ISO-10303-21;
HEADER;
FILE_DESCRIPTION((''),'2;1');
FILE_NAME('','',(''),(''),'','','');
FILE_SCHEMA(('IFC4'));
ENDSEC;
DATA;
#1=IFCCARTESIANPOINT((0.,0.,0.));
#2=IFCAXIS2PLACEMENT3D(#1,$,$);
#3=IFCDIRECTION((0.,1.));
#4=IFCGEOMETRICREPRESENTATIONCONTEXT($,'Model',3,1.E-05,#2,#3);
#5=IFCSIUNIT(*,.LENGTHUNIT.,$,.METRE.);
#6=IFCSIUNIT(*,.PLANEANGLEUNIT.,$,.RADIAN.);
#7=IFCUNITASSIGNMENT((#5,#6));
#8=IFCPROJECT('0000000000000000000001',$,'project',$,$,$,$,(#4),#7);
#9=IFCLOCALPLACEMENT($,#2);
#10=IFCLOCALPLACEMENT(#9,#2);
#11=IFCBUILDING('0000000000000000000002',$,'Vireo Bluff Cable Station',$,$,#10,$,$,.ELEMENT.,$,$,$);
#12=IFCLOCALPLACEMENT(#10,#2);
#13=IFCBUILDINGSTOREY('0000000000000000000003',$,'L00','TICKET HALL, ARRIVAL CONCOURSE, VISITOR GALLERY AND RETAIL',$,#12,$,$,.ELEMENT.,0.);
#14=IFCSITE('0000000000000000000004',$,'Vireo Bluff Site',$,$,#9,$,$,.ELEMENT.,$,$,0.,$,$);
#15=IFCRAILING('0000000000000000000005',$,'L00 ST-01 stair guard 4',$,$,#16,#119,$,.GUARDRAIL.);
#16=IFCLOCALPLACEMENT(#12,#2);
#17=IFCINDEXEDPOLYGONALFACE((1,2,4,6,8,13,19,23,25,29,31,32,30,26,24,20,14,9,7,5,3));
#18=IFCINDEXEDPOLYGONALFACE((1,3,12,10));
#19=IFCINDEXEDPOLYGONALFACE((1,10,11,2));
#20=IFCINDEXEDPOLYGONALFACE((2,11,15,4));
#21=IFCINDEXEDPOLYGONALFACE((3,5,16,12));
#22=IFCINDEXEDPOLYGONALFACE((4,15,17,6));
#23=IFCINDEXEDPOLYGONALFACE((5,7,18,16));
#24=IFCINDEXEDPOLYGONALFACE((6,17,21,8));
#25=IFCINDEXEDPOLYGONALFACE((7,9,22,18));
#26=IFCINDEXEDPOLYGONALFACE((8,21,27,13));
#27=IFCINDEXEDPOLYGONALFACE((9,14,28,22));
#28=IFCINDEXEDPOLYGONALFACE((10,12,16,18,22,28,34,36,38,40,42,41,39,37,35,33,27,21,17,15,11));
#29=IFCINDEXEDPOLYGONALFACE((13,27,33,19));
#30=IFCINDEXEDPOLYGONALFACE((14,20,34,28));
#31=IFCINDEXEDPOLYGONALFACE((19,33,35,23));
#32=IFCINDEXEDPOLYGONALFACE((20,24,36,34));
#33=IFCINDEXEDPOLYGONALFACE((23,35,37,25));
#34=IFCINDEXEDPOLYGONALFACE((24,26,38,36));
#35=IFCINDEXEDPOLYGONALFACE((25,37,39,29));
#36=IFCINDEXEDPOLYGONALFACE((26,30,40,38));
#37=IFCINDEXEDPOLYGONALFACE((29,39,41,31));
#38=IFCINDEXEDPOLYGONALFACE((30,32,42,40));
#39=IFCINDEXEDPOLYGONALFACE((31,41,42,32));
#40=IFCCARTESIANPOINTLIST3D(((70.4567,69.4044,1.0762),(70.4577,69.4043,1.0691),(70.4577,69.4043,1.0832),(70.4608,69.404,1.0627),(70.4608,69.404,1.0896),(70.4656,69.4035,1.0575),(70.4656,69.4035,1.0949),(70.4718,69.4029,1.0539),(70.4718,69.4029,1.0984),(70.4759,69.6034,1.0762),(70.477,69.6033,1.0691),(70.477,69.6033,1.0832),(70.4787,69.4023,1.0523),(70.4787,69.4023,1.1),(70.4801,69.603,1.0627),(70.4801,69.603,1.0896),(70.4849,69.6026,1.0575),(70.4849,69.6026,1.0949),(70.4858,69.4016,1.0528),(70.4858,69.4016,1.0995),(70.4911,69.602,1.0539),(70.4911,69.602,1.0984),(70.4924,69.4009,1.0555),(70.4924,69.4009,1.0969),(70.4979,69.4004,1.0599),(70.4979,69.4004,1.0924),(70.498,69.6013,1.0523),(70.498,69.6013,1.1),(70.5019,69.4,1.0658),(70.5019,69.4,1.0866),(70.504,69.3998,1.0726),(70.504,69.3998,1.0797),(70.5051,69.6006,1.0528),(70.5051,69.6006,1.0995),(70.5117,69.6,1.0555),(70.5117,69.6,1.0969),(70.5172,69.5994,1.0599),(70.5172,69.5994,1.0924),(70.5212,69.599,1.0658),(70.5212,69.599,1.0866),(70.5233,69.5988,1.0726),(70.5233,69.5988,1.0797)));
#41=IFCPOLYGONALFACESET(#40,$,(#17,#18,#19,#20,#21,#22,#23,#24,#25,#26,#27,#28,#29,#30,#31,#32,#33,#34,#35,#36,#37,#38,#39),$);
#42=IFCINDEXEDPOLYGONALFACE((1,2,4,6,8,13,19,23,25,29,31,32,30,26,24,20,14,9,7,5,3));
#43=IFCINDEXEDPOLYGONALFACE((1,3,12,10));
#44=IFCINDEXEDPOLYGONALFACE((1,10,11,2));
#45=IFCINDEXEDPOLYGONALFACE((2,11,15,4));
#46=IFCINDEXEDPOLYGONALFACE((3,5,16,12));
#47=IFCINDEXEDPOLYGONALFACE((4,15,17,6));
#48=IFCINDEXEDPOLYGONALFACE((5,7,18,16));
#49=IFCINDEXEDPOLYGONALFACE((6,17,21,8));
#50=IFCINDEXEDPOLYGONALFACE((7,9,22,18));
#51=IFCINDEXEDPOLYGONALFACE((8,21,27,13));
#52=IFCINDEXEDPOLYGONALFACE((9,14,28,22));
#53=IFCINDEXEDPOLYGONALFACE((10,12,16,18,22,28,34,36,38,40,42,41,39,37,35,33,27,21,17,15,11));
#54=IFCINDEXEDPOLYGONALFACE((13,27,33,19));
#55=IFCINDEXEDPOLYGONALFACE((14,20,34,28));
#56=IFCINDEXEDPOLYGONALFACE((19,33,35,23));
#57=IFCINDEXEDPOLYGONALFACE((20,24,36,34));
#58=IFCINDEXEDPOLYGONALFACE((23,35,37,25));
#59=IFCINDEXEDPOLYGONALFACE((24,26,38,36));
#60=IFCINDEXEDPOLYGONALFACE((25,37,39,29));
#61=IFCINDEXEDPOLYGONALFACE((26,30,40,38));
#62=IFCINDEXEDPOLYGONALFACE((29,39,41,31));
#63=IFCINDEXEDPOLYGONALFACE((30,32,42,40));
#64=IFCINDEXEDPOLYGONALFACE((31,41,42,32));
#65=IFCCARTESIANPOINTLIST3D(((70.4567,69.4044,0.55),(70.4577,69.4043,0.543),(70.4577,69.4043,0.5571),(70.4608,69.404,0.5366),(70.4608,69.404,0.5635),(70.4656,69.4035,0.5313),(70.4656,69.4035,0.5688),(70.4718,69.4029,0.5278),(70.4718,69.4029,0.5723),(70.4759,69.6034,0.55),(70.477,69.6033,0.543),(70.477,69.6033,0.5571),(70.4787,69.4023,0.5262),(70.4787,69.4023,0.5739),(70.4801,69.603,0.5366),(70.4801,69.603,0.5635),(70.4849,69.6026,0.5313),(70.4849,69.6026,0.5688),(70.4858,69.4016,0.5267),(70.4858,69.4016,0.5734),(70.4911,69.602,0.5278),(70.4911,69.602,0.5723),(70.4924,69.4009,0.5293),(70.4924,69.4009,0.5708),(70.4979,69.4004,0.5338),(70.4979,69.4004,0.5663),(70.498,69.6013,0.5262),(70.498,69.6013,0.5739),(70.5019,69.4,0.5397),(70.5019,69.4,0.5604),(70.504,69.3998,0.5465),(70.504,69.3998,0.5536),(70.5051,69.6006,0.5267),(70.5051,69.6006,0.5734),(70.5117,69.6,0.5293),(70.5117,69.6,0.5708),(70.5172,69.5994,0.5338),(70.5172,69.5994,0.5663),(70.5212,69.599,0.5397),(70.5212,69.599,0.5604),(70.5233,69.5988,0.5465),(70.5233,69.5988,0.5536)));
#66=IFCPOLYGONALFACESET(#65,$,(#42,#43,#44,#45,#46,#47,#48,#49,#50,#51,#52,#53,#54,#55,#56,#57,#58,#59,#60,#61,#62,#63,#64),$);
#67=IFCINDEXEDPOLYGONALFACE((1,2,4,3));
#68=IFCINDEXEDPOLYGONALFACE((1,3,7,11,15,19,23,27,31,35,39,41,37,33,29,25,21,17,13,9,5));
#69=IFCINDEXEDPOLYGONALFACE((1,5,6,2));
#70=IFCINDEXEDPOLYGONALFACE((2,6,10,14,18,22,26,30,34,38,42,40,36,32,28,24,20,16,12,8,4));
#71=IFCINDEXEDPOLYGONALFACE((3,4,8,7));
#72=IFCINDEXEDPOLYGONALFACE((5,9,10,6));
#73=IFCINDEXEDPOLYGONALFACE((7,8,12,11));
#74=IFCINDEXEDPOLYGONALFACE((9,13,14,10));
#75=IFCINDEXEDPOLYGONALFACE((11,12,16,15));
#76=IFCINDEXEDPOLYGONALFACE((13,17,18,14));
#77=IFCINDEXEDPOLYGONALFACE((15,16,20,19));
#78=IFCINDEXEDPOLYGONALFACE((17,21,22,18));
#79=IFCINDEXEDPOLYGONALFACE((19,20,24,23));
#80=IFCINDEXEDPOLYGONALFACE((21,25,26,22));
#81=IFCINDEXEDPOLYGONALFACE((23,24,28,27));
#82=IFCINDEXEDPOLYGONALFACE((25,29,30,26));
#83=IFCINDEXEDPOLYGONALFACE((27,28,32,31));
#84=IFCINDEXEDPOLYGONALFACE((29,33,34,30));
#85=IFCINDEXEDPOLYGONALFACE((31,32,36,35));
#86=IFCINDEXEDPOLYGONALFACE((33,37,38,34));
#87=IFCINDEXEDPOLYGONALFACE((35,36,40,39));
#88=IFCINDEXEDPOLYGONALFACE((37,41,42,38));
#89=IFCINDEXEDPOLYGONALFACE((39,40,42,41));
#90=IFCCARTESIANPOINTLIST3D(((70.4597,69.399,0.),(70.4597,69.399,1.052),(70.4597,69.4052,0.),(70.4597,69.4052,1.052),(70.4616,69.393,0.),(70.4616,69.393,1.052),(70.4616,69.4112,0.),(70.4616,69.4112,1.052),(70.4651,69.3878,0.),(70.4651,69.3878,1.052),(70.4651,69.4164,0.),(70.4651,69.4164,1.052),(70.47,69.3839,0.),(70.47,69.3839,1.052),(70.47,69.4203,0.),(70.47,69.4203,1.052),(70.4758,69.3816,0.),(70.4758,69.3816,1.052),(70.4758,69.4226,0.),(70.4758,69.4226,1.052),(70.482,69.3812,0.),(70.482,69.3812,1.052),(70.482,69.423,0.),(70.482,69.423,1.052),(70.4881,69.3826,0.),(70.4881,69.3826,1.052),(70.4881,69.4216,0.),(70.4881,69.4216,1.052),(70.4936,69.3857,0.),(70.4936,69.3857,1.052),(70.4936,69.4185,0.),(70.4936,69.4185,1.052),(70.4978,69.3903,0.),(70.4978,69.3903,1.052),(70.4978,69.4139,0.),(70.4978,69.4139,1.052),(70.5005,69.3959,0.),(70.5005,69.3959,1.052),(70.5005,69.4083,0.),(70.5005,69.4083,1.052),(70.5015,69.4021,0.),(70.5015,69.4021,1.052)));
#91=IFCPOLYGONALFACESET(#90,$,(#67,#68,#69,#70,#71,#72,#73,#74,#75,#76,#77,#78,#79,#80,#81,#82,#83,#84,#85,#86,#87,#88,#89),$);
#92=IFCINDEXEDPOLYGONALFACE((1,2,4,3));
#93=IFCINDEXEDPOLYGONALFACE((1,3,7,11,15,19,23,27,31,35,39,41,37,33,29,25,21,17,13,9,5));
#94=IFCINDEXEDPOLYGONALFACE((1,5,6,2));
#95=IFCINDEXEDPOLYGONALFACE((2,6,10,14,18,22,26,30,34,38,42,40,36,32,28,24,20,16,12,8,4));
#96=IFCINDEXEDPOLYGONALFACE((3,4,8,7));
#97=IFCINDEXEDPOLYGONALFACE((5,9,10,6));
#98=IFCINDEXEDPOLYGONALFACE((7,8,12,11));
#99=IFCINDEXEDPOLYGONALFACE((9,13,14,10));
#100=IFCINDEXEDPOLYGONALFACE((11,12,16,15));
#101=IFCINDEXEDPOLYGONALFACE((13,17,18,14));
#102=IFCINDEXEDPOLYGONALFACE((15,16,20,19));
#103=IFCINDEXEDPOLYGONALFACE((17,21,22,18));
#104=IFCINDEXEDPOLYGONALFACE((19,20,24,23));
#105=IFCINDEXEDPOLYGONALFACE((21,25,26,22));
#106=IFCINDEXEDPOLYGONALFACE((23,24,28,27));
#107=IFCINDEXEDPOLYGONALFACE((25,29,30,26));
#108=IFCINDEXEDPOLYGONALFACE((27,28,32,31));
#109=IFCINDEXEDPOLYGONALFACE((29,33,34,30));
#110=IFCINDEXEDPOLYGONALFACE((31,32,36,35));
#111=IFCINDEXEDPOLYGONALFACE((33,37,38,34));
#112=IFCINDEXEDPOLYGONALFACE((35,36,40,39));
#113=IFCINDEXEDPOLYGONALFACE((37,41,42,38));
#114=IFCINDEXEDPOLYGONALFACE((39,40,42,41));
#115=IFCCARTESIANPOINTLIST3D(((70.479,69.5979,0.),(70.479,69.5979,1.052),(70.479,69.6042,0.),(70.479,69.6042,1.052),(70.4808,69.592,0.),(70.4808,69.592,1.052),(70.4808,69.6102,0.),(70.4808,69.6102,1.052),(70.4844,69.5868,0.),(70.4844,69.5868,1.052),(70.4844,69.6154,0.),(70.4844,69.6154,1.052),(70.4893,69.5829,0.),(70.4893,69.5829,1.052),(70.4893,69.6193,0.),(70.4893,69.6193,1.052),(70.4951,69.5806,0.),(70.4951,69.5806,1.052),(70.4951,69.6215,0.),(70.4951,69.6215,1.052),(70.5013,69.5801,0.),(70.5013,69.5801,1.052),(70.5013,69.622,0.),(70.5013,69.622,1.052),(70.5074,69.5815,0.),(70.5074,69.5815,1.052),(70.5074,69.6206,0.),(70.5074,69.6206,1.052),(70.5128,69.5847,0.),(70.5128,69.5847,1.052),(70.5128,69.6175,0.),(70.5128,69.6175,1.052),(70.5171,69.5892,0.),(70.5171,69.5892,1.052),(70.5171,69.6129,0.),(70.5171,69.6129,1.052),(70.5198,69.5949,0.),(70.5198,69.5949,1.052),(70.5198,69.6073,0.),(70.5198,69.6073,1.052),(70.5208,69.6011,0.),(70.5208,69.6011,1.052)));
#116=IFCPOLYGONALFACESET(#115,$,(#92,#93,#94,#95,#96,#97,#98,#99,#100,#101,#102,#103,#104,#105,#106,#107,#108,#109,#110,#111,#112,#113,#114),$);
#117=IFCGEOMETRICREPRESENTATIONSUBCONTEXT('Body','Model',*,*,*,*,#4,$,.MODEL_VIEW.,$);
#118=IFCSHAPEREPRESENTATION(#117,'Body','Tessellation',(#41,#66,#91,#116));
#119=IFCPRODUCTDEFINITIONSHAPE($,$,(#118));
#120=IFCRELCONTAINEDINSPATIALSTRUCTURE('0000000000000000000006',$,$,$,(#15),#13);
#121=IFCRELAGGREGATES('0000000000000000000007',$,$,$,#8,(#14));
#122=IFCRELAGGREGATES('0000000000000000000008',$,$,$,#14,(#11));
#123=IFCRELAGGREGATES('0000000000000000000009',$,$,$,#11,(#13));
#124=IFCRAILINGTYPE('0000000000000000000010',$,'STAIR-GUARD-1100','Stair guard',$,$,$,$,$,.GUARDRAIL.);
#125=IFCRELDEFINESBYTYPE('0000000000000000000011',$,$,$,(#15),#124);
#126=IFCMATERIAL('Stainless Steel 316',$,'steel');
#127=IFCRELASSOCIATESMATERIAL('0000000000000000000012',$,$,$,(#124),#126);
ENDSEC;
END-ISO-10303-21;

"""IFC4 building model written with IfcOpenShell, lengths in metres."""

from ifc_helpers import new_model, si_unit, direction, frame, origin, origin_2d, place, context, subcontext, project, spatial, circle, extrude, material, type_object, element, save


model = new_model("IFC4")

# Units and contexts
model_context = context("Model", 3, precision=1e-05, world=origin(), true_north=direction((0.0, 1.0)))
body_context = subcontext(model_context, "Body", "Model", "MODEL_VIEW")
ifc_project = project(units=[si_unit("LENGTHUNIT", "METRE"), si_unit("PLANEANGLEUNIT", "RADIAN")], contexts=[model_context])

# Site, building, storey
site_placement = place(None, origin())
site = spatial("IfcSite", under=ifc_project, at=site_placement, Name="Vireo Bluff Site", CompositionType="ELEMENT", RefElevation=0.0)
building_placement = place(site_placement, origin())
building = spatial("IfcBuilding", under=site, at=building_placement, Name="Vireo Bluff Cable Station", CompositionType="ELEMENT")
storey_placement = place(building_placement, origin())
storey = spatial("IfcBuildingStorey", under=building, at=storey_placement, Name="L00", Description="TICKET HALL, ARRIVAL CONCOURSE, VISITOR GALLERY AND RETAIL", CompositionType="ELEMENT", Elevation=0.0)

# Shared definitions
ifc_material_1 = material(Name="Stainless Steel 316", Category="steel")

# Railing
railing_type_1 = type_object("IfcRailingType", Name="STAIR-GUARD-1100", Description="Stair guard", PredefinedType="GUARDRAIL", material=ifc_material_1)
railing_1_placement = place(storey_placement, frame((70.4805, 69.4021, 0.0)))
element("IfcRailing", 1, at=railing_1_placement, inside=storey, type_object=railing_type_1, Name="L00 ST-01 stair guard 4", PredefinedType="GUARDRAIL", context=body_context, shape_type="SweptSolid", body=[
    extrude(circle(Radius=0.0239, at=origin_2d()), frame((0.0, 0.0, 1.0762), z_axis=(0.09648, 0.995335, 0.0), x_axis=(-0.995335, 0.09648, 0.0)), (0.0, 0.0, 1.0), 0.2),
    extrude(circle(Radius=0.0239, at=origin_2d()), frame((0.0, 0.0, 0.55), z_axis=(0.09648, 0.995335, 0.0), x_axis=(-0.995335, 0.09648, 0.0)), (0.0, 0.0, 1.0), 0.2),
    extrude(circle(Radius=0.021, at=origin_2d()), origin(), (0.0, 0.0, 1.0), 1.052),
    extrude(circle(Radius=0.021, at=origin_2d()), frame((0.0193, 0.199, 0.0)), (0.0, 0.0, 1.0), 1.052),
])

save(model, "model.ifc")
